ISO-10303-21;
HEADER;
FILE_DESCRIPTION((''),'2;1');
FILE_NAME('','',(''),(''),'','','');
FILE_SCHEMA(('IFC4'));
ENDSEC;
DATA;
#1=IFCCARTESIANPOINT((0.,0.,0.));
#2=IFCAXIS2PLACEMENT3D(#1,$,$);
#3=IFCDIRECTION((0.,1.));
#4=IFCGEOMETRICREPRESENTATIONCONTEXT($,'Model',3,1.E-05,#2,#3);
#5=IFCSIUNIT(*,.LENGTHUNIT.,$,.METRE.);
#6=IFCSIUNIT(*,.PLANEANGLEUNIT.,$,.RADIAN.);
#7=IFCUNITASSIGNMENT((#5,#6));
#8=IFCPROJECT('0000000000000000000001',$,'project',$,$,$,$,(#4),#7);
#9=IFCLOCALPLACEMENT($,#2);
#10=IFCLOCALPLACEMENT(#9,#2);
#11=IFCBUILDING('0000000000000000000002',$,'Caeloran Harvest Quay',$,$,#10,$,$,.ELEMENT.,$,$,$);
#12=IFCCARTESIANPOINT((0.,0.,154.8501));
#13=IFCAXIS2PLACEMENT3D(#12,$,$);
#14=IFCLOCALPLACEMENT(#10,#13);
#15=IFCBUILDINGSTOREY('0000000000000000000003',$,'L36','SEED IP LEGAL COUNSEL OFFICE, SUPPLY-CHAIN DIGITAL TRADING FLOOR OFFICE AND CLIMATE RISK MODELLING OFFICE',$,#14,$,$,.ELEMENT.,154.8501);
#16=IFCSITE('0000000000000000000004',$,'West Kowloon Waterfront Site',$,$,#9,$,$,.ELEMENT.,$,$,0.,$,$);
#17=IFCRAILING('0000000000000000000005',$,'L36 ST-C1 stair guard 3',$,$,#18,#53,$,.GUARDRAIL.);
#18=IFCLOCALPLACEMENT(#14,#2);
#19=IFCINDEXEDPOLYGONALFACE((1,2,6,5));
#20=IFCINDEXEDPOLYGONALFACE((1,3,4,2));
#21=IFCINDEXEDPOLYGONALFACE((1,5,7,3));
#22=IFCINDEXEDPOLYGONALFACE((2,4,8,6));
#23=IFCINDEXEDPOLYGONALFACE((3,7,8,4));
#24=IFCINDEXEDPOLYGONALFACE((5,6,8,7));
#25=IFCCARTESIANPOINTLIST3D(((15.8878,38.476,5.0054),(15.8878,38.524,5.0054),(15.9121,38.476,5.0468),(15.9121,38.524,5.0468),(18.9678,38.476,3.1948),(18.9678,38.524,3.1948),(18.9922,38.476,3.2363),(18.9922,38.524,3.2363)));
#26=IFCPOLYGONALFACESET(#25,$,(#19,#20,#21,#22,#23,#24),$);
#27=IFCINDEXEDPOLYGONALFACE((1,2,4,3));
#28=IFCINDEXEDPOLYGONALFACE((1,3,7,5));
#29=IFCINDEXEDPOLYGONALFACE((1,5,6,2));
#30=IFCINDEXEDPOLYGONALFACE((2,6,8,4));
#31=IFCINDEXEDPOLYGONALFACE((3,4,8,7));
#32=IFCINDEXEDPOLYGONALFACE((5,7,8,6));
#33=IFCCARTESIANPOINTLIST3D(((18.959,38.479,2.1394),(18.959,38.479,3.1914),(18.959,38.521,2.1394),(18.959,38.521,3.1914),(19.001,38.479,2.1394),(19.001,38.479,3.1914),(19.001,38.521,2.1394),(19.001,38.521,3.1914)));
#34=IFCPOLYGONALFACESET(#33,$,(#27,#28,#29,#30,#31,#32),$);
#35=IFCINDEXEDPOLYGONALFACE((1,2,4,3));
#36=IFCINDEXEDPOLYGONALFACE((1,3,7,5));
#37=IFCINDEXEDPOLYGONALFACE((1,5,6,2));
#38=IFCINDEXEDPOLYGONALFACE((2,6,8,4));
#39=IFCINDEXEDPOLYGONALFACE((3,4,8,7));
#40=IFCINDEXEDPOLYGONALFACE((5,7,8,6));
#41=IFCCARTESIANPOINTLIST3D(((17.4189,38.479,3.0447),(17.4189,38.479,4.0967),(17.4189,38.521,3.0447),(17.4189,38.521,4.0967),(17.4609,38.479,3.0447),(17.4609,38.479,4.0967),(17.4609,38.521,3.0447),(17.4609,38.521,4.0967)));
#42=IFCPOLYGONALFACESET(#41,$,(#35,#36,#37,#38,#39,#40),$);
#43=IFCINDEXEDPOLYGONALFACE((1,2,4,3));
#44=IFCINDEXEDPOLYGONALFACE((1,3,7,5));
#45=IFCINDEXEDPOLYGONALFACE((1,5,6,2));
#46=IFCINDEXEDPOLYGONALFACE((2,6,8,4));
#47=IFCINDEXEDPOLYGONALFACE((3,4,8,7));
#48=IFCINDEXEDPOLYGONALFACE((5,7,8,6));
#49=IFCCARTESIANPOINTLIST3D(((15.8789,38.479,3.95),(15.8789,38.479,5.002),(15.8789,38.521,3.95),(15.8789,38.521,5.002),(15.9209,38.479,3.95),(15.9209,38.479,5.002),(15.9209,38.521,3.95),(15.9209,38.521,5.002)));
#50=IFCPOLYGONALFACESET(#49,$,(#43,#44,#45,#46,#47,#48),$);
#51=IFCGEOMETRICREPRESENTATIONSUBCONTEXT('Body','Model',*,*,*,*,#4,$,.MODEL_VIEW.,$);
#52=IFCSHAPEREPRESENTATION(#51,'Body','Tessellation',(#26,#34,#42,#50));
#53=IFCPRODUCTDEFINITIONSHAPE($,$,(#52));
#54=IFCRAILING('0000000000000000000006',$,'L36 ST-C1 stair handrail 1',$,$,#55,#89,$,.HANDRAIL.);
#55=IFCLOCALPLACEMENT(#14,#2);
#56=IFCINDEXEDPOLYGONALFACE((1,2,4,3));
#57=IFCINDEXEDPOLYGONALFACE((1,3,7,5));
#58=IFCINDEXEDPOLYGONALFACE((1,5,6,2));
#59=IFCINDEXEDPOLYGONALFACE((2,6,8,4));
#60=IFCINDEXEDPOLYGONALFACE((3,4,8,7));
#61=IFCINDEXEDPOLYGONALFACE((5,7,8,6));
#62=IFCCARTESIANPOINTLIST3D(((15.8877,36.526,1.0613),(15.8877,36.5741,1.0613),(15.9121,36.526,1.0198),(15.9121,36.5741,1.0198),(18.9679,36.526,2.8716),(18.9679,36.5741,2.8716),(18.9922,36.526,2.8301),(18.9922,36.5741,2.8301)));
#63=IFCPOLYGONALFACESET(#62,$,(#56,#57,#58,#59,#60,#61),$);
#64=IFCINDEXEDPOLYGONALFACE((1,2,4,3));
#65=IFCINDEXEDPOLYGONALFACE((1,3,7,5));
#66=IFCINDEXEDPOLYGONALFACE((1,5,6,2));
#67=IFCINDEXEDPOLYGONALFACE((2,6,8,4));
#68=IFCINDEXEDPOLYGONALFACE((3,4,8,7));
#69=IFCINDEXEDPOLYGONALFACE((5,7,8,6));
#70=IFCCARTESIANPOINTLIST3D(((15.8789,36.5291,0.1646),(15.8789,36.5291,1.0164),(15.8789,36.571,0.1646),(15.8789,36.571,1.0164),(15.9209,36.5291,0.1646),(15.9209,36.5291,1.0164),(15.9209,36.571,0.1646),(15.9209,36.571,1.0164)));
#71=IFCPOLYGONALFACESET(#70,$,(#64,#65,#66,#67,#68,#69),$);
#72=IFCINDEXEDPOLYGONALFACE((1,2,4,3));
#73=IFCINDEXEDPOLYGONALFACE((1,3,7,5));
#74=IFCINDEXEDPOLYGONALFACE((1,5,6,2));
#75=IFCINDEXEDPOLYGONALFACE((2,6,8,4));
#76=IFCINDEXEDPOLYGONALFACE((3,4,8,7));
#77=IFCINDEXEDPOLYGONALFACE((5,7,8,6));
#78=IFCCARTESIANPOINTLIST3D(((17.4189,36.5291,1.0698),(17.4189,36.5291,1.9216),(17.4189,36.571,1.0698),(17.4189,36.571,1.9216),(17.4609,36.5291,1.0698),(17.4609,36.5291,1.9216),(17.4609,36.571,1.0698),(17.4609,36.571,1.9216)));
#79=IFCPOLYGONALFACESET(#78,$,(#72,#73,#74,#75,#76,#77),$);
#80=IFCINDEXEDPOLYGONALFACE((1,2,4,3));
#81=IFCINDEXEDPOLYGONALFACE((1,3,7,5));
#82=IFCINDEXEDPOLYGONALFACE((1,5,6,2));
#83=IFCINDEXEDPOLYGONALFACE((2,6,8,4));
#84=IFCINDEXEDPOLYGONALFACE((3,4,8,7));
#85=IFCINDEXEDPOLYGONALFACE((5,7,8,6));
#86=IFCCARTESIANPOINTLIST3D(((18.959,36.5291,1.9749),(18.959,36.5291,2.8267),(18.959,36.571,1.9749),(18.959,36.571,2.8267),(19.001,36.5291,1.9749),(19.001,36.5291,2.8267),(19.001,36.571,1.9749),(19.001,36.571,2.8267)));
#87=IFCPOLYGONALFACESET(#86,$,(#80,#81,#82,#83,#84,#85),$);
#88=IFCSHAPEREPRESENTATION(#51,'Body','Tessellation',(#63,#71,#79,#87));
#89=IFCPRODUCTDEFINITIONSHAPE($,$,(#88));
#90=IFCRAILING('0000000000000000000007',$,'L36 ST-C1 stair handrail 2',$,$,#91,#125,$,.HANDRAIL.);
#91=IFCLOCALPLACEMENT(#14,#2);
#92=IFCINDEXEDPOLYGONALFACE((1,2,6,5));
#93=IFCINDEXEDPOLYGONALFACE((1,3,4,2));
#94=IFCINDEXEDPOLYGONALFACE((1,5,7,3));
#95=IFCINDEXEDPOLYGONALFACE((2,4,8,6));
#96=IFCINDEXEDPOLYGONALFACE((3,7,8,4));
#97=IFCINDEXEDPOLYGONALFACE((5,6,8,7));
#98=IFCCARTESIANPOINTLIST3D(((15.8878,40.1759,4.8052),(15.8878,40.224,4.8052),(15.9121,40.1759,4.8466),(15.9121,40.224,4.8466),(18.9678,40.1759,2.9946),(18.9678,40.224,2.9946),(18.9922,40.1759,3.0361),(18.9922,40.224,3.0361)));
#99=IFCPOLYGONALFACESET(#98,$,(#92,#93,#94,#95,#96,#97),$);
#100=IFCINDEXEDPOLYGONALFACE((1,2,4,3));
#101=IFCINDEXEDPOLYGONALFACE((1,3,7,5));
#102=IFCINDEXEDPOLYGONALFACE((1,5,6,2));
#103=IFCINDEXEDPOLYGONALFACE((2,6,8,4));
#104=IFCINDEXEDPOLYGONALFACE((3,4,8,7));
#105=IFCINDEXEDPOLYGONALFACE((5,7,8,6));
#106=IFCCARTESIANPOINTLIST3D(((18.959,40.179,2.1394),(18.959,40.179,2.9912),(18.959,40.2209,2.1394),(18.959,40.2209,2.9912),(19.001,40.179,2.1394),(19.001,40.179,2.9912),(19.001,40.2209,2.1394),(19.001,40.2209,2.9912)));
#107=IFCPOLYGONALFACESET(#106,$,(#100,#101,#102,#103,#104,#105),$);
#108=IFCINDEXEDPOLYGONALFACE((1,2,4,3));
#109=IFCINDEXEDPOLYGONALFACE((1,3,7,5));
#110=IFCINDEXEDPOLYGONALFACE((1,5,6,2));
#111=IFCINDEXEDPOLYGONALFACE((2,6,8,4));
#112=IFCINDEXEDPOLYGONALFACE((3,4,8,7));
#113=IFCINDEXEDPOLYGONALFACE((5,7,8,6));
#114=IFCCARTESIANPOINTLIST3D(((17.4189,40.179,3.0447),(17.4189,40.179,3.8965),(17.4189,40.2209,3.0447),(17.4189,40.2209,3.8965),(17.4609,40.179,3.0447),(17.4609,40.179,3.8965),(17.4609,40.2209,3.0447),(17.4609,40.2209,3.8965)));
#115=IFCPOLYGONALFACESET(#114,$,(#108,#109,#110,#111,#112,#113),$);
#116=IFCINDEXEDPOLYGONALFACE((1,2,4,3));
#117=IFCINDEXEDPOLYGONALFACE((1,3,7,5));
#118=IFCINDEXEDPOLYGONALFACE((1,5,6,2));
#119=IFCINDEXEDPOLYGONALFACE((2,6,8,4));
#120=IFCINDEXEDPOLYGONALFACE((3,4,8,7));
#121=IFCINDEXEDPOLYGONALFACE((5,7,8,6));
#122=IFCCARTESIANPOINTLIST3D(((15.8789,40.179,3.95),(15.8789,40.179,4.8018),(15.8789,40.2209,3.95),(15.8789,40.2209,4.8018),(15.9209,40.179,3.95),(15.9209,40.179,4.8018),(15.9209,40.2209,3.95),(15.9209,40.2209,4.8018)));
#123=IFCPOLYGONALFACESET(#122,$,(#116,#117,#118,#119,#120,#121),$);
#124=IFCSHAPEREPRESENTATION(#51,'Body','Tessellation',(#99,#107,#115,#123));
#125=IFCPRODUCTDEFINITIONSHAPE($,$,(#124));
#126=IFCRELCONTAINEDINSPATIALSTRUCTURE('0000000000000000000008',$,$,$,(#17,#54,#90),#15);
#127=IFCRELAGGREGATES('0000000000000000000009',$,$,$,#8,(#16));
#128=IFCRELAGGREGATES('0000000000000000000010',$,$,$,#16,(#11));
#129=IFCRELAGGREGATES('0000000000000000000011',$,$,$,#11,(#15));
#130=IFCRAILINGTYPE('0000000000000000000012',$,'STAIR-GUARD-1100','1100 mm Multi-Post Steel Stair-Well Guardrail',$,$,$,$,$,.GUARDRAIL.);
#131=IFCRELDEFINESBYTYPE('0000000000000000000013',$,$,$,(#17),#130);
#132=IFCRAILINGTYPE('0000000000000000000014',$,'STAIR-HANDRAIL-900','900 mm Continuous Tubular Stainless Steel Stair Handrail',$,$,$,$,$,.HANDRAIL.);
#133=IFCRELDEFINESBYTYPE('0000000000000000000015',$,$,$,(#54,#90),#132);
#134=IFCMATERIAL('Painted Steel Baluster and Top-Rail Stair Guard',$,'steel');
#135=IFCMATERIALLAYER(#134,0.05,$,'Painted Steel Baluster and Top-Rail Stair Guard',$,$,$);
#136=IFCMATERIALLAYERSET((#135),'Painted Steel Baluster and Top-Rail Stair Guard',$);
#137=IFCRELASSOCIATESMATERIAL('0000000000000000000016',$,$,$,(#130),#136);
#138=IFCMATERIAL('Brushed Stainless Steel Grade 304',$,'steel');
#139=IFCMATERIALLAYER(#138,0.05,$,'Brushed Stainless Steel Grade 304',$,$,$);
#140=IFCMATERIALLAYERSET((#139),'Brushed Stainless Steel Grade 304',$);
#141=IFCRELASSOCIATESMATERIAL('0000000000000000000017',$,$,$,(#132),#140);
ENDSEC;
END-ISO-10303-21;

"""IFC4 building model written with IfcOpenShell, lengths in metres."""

from ifc_helpers import new_model, si_unit, direction, frame, origin, origin_2d, place, context, subcontext, project, spatial, rectangle, extrude, material, layer, layer_set, type_object, element, save


model = new_model("IFC4")

# Units and contexts
model_context = context("Model", 3, precision=1e-05, world=origin(), true_north=direction((0.0, 1.0)))
body_context = subcontext(model_context, "Body", "Model", "MODEL_VIEW")
ifc_project = project(units=[si_unit("LENGTHUNIT", "METRE"), si_unit("PLANEANGLEUNIT", "RADIAN")], contexts=[model_context])

# Site, building, storey
site_placement = place(None, origin())
site = spatial("IfcSite", under=ifc_project, at=site_placement, Name="West Kowloon Waterfront Site", CompositionType="ELEMENT", RefElevation=0.0)
building_placement = place(site_placement, origin())
building = spatial("IfcBuilding", under=site, at=building_placement, Name="Caeloran Harvest Quay", CompositionType="ELEMENT")
storey_placement = place(building_placement, frame((0.0, 0.0, 154.8501)))
storey = spatial("IfcBuildingStorey", under=building, at=storey_placement, Name="L36", Description="SEED IP LEGAL COUNSEL OFFICE, SUPPLY-CHAIN DIGITAL TRADING FLOOR OFFICE AND CLIMATE RISK MODELLING OFFICE", CompositionType="ELEMENT", Elevation=154.8501)

# Railings
ifc_material_1 = material(Name="Painted Steel Baluster and Top-Rail Stair Guard", Category="steel")
ifc_layer_1 = layer(ifc_material_1, 0.05, Name="Painted Steel Baluster and Top-Rail Stair Guard")
ifc_layer_set_1 = layer_set([ifc_layer_1], Name="Painted Steel Baluster and Top-Rail Stair Guard")
railing_type_1 = type_object("IfcRailingType", Name="STAIR-GUARD-1100", Description="1100 mm Multi-Post Steel Stair-Well Guardrail", PredefinedType="GUARDRAIL", material=ifc_layer_set_1)
railing_1_placement = place(storey_placement, frame((18.98, 38.5, 2.1394)))
element("IfcRailing", 1, at=railing_1_placement, inside=storey, type_object=railing_type_1, Name="L36 ST-C1 stair guard 3", PredefinedType="GUARDRAIL", context=body_context, shape_type="SweptSolid", body=[
    extrude(rectangle(XDim=0.0481, YDim=0.0481, at=origin_2d()), frame((0.0, 0.0, 1.0762), z_axis=(-0.862089, 0.0, 0.506757), x_axis=(0.0, -1.0, 0.0)), (0.0, 0.0, 1.0), 3.5728),
    extrude(rectangle(XDim=0.042, YDim=0.042, at=origin_2d()), origin(), (0.0, 0.0, 1.0), 1.052),
    extrude(rectangle(XDim=0.042, YDim=0.042, at=origin_2d()), frame((-1.54, 0.0, 0.9053)), (0.0, 0.0, 1.0), 1.052),
    extrude(rectangle(XDim=0.042, YDim=0.042, at=origin_2d()), frame((-3.0801, 0.0, 1.8105)), (0.0, 0.0, 1.0), 1.052),
])
ifc_material_2 = material(Name="Brushed Stainless Steel Grade 304", Category="steel")
ifc_layer_2 = layer(ifc_material_2, 0.05, Name="Brushed Stainless Steel Grade 304")
ifc_layer_set_2 = layer_set([ifc_layer_2], Name="Brushed Stainless Steel Grade 304")
railing_type_2 = type_object("IfcRailingType", Name="STAIR-HANDRAIL-900", Description="900 mm Continuous Tubular Stainless Steel Stair Handrail", PredefinedType="HANDRAIL", material=ifc_layer_set_2)
railing_2_placement = place(storey_placement, frame((15.8999, 36.55, 0.1646)))
element("IfcRailing", 2, at=railing_2_placement, inside=storey, type_object=railing_type_2, Name="L36 ST-C1 stair handrail 1", PredefinedType="HANDRAIL", context=body_context, shape_type="SweptSolid", body=[
    extrude(rectangle(XDim=0.0481, YDim=0.0481, at=origin_2d()), frame((0.0, 0.0, 0.876), z_axis=(0.862119, 0.0, 0.506707), x_axis=(0.0, 1.0, 0.0)), (0.0, 0.0, 1.0), 3.5728),
    extrude(rectangle(XDim=0.042, YDim=0.042, at=origin_2d()), origin(), (0.0, 0.0, 1.0), 0.8518),
    extrude(rectangle(XDim=0.042, YDim=0.042, at=origin_2d()), frame((1.54, 0.0, 0.9053)), (0.0, 0.0, 1.0), 0.8518),
    extrude(rectangle(XDim=0.042, YDim=0.042, at=origin_2d()), frame((3.0801, 0.0, 1.8103)), (0.0, 0.0, 1.0), 0.8518),
])
railing_3_placement = place(storey_placement, frame((18.98, 40.2, 2.1394)))
element("IfcRailing", 3, at=railing_3_placement, inside=storey, type_object=railing_type_2, Name="L36 ST-C1 stair handrail 2", PredefinedType="HANDRAIL", context=body_context, shape_type="SweptSolid", body=[
    extrude(rectangle(XDim=0.0481, YDim=0.0481, at=origin_2d()), frame((0.0, 0.0, 0.876), z_axis=(-0.862089, 0.0, 0.506757), x_axis=(0.0, -1.0, 0.0)), (0.0, 0.0, 1.0), 3.5728),
    extrude(rectangle(XDim=0.042, YDim=0.042, at=origin_2d()), origin(), (0.0, 0.0, 1.0), 0.8518),
    extrude(rectangle(XDim=0.042, YDim=0.042, at=origin_2d()), frame((-1.54, 0.0, 0.9053)), (0.0, 0.0, 1.0), 0.8518),
    extrude(rectangle(XDim=0.042, YDim=0.042, at=origin_2d()), frame((-3.0801, 0.0, 1.8105)), (0.0, 0.0, 1.0), 0.8518),
])

save(model, "model.ifc")
